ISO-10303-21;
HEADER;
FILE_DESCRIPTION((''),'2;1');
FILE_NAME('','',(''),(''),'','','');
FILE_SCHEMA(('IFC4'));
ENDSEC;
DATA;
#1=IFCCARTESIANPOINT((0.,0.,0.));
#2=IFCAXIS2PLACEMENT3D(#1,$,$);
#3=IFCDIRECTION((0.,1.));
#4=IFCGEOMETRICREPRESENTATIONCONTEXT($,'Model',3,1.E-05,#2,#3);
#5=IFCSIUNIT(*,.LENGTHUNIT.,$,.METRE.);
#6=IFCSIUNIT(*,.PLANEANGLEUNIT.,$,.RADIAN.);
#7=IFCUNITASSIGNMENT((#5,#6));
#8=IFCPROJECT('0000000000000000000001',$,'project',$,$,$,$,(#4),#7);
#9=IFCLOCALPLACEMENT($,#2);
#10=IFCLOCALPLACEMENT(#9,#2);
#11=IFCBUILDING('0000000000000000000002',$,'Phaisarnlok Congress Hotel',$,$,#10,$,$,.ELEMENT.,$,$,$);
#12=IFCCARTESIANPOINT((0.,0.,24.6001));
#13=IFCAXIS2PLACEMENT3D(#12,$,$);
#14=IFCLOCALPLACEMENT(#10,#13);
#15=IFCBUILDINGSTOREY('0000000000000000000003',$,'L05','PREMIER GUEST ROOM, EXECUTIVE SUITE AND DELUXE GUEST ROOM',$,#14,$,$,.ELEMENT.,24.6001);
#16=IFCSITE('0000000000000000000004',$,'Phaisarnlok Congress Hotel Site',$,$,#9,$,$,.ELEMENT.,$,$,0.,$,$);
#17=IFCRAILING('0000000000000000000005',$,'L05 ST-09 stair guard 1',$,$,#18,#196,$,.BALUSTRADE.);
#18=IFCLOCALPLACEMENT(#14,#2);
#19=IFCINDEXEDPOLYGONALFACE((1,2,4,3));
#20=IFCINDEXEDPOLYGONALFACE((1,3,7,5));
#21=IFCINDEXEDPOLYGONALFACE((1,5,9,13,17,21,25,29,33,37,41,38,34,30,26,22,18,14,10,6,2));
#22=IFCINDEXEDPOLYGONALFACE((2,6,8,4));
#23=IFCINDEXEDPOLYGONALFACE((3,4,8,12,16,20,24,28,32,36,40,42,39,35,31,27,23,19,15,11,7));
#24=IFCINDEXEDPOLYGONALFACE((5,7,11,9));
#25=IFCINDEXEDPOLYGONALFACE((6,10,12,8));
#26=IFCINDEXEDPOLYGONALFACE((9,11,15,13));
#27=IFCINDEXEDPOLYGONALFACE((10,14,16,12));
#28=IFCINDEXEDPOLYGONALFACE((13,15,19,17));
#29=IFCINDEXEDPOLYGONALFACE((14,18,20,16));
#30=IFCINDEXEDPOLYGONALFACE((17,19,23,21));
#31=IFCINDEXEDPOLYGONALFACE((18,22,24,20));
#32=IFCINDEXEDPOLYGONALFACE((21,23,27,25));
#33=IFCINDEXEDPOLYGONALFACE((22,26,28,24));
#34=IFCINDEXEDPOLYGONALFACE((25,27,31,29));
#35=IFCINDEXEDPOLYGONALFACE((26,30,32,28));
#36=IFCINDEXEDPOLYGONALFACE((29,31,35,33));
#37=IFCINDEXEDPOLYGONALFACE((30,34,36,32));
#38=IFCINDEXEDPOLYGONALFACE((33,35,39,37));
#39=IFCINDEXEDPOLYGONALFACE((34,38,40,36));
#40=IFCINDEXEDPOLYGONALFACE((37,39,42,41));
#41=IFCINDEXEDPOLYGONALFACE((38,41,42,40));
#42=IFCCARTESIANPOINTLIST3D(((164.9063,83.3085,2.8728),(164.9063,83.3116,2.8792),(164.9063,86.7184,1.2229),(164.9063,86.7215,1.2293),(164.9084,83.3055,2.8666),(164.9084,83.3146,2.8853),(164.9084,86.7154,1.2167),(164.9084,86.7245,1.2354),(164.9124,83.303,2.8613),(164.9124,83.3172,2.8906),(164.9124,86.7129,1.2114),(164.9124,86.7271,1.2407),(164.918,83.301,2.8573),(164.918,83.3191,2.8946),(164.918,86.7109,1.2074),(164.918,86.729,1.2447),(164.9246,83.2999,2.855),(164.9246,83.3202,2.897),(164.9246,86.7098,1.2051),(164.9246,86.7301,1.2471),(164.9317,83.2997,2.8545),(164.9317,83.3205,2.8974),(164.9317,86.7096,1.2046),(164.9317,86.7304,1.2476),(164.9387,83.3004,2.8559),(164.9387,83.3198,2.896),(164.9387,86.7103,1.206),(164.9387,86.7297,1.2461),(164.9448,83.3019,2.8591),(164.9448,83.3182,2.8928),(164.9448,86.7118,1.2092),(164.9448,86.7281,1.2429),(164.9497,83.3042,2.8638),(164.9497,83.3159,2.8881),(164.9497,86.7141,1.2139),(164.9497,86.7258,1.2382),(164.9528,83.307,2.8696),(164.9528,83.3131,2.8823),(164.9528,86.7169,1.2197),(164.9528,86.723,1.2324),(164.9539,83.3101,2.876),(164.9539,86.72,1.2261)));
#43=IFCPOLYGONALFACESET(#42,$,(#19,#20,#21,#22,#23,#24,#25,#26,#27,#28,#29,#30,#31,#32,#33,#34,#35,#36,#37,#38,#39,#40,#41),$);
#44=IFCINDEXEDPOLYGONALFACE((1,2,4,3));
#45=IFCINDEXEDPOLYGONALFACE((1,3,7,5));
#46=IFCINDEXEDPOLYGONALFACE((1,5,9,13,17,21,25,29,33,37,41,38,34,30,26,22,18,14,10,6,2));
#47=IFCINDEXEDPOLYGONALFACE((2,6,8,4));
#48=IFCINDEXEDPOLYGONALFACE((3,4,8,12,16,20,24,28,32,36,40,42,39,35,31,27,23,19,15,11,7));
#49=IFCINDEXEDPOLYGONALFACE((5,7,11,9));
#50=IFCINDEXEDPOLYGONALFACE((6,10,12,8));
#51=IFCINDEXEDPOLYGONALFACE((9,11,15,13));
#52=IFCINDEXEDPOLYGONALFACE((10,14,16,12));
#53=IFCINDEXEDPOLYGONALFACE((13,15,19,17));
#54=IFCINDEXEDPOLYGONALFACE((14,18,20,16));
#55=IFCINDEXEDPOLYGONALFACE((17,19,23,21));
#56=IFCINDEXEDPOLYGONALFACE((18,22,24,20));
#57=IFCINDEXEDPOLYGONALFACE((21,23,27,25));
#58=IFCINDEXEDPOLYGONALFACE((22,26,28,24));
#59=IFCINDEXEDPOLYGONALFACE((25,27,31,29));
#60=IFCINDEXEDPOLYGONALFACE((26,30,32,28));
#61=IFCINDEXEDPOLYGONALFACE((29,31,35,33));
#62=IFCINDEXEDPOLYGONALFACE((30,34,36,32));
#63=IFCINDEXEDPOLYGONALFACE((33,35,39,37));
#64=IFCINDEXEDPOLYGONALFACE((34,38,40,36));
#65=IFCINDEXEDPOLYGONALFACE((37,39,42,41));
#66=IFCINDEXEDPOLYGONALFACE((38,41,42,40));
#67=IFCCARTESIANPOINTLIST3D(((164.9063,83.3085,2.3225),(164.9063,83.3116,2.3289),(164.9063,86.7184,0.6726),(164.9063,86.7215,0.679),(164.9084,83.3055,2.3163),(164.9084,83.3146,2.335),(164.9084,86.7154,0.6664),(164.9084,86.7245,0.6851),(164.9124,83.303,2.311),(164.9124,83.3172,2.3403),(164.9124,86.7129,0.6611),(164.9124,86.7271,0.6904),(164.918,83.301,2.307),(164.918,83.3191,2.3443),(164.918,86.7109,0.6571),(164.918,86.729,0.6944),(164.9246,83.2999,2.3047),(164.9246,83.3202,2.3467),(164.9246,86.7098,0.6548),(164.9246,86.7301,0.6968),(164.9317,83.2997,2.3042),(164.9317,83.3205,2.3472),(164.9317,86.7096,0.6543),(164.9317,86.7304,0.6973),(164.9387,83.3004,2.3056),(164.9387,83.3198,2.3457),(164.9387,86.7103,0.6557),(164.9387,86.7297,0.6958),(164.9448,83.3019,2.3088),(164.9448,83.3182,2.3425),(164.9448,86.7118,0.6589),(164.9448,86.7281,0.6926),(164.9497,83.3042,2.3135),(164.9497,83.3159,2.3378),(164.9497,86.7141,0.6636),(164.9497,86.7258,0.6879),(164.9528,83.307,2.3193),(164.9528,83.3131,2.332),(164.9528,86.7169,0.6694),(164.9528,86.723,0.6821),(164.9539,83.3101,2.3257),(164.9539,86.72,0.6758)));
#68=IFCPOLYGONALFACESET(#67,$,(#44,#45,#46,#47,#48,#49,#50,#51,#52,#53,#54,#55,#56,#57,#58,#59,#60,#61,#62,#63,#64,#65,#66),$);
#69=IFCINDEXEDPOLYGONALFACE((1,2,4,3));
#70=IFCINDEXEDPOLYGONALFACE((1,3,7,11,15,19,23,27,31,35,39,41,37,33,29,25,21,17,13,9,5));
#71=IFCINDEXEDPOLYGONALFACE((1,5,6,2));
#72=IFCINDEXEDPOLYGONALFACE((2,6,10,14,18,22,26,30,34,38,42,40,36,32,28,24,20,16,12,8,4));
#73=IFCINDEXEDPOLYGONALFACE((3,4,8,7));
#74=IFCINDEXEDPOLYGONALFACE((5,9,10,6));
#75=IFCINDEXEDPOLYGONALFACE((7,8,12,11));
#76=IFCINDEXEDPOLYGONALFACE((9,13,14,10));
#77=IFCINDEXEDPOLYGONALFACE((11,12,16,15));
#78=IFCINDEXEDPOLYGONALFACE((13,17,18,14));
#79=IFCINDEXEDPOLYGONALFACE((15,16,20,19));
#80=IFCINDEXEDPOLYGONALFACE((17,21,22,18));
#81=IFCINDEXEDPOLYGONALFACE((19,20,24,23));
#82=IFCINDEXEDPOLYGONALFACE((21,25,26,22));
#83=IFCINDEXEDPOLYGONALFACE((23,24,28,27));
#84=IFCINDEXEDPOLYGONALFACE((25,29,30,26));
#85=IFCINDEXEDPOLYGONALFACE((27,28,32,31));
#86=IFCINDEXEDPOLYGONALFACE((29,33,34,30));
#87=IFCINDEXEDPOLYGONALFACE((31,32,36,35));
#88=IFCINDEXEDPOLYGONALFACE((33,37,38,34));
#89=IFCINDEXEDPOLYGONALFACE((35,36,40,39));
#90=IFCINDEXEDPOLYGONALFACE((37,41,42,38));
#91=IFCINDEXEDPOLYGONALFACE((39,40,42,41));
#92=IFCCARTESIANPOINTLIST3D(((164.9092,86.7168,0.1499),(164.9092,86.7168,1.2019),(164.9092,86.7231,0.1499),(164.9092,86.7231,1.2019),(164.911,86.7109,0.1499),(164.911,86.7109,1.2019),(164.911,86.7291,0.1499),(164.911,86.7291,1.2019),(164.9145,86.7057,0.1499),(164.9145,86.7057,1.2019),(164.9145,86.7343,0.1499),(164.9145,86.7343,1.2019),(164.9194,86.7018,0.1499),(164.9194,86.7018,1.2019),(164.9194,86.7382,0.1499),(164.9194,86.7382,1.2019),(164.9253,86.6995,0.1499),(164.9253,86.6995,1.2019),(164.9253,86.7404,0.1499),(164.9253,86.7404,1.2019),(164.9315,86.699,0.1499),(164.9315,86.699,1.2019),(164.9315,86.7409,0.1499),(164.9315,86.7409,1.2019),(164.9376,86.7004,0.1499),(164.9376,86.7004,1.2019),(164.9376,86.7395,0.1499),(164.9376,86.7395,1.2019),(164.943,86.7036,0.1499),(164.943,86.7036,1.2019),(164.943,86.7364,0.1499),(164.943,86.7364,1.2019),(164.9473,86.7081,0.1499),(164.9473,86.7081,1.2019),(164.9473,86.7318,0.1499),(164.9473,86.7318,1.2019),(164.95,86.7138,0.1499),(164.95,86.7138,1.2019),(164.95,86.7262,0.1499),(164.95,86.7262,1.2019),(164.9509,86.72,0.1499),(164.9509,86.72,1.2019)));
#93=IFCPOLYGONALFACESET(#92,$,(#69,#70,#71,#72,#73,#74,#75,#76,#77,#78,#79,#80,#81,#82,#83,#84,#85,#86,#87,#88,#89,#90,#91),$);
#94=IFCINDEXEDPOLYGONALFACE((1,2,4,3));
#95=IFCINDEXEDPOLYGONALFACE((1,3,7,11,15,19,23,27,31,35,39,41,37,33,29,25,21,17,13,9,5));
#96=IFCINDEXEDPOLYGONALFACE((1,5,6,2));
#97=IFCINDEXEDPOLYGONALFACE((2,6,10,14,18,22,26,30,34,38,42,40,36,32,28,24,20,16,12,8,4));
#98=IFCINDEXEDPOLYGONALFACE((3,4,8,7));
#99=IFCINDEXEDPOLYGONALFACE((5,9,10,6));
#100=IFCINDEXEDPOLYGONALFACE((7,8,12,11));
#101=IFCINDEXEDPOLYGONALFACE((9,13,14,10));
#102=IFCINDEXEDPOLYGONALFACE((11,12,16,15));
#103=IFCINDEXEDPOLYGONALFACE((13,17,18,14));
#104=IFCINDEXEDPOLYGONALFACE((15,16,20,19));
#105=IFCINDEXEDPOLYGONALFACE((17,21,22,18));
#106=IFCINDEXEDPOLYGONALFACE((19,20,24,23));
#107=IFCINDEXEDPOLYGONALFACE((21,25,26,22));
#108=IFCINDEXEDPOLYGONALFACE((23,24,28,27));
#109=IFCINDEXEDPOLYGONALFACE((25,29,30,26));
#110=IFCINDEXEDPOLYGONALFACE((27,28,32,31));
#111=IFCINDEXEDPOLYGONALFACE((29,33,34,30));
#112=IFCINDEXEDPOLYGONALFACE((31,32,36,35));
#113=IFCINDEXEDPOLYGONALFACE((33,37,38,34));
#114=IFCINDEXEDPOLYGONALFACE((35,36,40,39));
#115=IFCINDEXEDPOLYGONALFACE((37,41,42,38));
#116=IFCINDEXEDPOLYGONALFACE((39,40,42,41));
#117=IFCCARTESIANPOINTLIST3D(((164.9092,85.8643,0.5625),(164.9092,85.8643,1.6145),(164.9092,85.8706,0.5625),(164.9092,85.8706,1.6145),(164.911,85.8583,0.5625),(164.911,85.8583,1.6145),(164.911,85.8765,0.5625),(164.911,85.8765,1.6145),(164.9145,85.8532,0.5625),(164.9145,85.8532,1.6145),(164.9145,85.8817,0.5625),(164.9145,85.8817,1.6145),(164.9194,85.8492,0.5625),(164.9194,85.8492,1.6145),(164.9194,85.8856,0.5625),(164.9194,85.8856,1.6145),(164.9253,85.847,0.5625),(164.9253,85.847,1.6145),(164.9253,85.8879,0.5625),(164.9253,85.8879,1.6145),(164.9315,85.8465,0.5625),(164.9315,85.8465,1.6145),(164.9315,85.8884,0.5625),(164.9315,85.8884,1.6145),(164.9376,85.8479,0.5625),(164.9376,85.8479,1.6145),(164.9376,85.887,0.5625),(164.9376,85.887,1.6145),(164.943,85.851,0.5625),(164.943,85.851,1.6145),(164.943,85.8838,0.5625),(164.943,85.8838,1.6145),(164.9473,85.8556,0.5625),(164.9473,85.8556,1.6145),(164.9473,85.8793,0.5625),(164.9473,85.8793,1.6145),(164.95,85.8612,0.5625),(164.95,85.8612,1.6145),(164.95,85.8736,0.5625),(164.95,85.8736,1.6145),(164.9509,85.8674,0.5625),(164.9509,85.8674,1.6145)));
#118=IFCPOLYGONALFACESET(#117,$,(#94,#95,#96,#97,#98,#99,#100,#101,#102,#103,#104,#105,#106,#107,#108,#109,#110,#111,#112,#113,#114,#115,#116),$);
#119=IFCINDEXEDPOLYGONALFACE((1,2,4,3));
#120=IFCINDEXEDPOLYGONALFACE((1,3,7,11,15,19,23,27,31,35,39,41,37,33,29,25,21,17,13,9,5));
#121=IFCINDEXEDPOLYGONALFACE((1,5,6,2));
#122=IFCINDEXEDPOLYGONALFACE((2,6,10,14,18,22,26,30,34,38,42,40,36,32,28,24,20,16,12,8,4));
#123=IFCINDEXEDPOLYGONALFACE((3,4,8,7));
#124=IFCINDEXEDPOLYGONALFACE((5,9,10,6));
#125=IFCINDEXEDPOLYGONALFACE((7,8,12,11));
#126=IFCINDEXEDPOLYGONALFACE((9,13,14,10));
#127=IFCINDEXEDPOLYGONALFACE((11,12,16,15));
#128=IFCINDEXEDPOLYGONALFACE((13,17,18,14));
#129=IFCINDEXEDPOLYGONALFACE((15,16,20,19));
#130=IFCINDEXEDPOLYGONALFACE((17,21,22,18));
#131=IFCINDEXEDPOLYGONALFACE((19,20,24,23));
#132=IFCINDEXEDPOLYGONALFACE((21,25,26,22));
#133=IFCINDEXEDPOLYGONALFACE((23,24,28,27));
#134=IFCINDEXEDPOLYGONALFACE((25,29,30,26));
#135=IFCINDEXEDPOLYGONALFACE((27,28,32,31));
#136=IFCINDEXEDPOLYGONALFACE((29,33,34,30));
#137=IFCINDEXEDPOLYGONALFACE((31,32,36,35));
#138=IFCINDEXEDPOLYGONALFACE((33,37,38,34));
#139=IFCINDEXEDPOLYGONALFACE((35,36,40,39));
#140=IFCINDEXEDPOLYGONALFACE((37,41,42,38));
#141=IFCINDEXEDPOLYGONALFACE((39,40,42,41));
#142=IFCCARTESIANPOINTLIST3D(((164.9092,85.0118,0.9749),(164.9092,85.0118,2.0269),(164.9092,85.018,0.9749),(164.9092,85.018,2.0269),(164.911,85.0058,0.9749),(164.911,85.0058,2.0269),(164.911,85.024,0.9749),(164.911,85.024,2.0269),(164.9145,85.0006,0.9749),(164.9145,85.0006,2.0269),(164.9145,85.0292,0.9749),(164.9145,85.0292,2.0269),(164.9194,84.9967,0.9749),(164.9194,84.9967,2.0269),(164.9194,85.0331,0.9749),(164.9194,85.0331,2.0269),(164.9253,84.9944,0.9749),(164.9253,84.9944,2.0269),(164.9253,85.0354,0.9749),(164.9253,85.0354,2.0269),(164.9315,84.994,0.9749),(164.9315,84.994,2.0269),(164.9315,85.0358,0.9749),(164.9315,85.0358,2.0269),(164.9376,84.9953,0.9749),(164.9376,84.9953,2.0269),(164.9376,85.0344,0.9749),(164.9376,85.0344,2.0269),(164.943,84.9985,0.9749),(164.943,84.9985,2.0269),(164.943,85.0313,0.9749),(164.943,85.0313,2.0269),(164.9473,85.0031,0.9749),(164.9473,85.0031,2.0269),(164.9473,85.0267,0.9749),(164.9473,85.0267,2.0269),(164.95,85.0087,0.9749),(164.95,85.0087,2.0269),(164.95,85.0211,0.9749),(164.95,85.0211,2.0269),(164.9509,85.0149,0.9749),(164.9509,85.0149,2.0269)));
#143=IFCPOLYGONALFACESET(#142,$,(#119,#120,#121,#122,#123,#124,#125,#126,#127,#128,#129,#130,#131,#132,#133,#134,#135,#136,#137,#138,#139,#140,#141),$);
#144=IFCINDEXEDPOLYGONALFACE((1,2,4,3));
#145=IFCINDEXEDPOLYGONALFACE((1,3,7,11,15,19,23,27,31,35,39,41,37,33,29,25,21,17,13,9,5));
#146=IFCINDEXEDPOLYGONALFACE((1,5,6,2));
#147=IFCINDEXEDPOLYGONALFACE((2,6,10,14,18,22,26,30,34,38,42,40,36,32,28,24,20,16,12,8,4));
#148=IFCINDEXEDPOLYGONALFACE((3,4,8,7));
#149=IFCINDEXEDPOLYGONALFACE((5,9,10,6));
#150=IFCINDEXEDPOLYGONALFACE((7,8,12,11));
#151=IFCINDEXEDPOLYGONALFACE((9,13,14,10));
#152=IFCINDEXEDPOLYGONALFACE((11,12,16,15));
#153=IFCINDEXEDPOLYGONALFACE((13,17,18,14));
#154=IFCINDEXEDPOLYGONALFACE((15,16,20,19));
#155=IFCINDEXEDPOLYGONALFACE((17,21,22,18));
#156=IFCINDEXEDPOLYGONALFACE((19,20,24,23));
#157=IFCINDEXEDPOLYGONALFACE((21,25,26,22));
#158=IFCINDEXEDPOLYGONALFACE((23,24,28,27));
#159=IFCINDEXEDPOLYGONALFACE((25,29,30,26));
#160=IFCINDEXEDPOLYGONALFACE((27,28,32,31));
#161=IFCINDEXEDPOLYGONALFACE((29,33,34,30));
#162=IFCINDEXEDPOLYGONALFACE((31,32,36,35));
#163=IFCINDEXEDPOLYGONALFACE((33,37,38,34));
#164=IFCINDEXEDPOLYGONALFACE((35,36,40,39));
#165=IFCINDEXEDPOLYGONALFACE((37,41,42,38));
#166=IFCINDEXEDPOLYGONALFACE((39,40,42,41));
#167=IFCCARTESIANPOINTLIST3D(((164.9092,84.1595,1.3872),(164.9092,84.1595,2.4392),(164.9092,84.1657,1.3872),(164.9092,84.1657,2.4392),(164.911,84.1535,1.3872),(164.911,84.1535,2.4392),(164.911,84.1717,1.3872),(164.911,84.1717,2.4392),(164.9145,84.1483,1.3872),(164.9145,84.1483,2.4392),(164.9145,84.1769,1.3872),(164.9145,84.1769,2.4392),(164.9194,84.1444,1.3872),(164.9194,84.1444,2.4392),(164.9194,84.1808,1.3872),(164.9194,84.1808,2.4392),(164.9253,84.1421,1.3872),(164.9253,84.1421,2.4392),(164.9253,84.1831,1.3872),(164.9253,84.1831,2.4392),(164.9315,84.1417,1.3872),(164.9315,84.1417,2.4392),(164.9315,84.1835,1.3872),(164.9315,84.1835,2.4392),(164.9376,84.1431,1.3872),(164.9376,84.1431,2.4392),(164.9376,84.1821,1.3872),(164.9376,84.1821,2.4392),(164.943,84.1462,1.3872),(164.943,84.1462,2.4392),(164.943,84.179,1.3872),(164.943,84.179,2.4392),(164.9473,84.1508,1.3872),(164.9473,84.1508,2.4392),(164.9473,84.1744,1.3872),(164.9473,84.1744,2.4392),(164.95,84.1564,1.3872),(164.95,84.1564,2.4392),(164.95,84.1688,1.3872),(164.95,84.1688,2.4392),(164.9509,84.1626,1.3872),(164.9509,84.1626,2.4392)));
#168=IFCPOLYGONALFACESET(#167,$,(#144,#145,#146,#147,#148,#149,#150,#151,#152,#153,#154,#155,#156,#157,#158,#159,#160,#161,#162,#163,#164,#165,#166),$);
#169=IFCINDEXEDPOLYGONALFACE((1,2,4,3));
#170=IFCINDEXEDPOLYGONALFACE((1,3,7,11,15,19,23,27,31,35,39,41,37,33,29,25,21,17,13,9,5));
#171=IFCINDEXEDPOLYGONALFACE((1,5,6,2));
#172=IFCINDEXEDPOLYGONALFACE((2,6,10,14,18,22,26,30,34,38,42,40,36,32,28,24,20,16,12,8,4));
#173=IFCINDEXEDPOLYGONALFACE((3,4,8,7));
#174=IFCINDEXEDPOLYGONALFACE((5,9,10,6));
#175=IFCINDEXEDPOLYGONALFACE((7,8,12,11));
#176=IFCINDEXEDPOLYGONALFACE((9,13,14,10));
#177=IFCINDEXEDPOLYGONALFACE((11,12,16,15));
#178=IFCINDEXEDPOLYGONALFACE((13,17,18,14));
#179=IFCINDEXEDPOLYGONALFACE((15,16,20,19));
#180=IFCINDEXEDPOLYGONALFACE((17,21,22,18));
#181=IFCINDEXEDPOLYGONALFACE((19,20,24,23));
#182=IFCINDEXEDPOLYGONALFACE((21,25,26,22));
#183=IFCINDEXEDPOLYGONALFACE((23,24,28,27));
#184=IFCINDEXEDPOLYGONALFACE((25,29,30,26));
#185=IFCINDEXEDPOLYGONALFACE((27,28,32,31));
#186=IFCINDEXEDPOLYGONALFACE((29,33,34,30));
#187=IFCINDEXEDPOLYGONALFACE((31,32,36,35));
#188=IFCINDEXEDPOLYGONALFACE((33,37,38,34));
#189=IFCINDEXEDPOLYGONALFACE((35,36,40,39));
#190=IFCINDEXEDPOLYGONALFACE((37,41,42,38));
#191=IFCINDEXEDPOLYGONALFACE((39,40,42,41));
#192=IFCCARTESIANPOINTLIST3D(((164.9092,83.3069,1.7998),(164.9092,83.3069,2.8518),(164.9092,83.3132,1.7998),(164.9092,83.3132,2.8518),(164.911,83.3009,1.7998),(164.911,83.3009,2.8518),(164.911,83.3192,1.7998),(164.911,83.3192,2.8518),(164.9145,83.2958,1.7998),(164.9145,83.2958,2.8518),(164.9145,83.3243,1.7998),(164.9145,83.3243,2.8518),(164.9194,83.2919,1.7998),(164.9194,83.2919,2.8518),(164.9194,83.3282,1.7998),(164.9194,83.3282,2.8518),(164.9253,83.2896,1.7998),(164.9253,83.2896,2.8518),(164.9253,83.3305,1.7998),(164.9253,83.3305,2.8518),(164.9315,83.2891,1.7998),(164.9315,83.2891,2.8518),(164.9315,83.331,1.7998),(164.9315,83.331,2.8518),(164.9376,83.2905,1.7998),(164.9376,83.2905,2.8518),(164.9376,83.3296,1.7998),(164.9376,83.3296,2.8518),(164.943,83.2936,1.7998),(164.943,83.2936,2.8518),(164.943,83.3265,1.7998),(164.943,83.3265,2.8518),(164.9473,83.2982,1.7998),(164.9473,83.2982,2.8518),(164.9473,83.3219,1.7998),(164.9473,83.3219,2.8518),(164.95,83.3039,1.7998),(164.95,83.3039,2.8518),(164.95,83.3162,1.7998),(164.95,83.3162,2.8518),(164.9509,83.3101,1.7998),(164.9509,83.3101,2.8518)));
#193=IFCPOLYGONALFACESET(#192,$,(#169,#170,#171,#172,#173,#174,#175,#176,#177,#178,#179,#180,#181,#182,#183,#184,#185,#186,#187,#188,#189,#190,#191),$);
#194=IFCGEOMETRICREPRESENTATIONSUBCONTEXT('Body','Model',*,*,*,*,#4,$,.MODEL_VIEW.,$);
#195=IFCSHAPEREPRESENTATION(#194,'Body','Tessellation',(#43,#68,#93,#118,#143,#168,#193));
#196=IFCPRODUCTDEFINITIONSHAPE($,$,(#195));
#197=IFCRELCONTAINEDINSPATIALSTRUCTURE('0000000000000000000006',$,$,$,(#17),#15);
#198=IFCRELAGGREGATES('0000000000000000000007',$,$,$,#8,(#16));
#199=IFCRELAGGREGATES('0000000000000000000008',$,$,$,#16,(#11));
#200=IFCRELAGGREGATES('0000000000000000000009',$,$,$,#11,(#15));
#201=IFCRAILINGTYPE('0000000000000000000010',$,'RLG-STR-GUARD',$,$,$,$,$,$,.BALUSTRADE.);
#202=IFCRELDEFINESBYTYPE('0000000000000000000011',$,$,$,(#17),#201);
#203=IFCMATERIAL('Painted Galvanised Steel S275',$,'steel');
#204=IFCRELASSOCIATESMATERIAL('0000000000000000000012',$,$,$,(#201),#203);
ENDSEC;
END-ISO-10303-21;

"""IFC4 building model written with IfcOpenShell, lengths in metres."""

from ifc_helpers import new_model, si_unit, direction, frame, origin, origin_2d, place, context, subcontext, project, spatial, circle, extrude, material, type_object, element, save


model = new_model("IFC4")

# Units and contexts
model_context = context("Model", 3, precision=1e-05, world=origin(), true_north=direction((0.0, 1.0)))
body_context = subcontext(model_context, "Body", "Model", "MODEL_VIEW")
ifc_project = project(units=[si_unit("LENGTHUNIT", "METRE"), si_unit("PLANEANGLEUNIT", "RADIAN")], contexts=[model_context])

# Site, building, storey
site_placement = place(None, origin())
site = spatial("IfcSite", under=ifc_project, at=site_placement, Name="Phaisarnlok Congress Hotel Site", CompositionType="ELEMENT", RefElevation=0.0)
building_placement = place(site_placement, origin())
building = spatial("IfcBuilding", under=site, at=building_placement, Name="Phaisarnlok Congress Hotel", CompositionType="ELEMENT")
storey_placement = place(building_placement, frame((0.0, 0.0, 24.6001)))
storey = spatial("IfcBuildingStorey", under=building, at=storey_placement, Name="L05", Description="PREMIER GUEST ROOM, EXECUTIVE SUITE AND DELUXE GUEST ROOM", CompositionType="ELEMENT", Elevation=24.6001)

# Railing
ifc_material_1 = material(Name="Painted Galvanised Steel S275", Category="steel")
railing_type_1 = type_object("IfcRailingType", Name="RLG-STR-GUARD", PredefinedType="BALUSTRADE", material=ifc_material_1)
railing_1_placement = place(storey_placement, frame((164.9299, 86.72, 0.1499)))
element("IfcRailing", 1, at=railing_1_placement, inside=storey, type_object=railing_type_1, Name="L05 ST-09 stair guard 1", PredefinedType="BALUSTRADE", context=body_context, shape_type="SweptSolid", body=[
    extrude(circle(Radius=0.0239, at=origin_2d()), frame((0.0, 0.0, 1.0762), z_axis=(0.0, -0.900165, 0.435549), x_axis=(1.0, 0.0, 0.0)), (0.0, 0.0, 1.0), 3.7881),
    extrude(circle(Radius=0.0239, at=origin_2d()), frame((0.0, 0.0, 0.5259), z_axis=(0.0, -0.900165, 0.435549), x_axis=(1.0, 0.0, 0.0)), (0.0, 0.0, 1.0), 3.7881),
    extrude(circle(Radius=0.021, at=origin_2d()), origin(), (0.0, 0.0, 1.0), 1.052),
    extrude(circle(Radius=0.021, at=origin_2d()), frame((0.0, -0.8525, 0.4126)), (0.0, 0.0, 1.0), 1.052),
    extrude(circle(Radius=0.021, at=origin_2d()), frame((0.0, -1.7051, 0.825)), (0.0, 0.0, 1.0), 1.052),
    extrude(circle(Radius=0.021, at=origin_2d()), frame((0.0, -2.5574, 1.2373)), (0.0, 0.0, 1.0), 1.052),
    extrude(circle(Radius=0.021, at=origin_2d()), frame((0.0, -3.4099, 1.6499)), (0.0, 0.0, 1.0), 1.052),
])

save(model, "model.ifc")
